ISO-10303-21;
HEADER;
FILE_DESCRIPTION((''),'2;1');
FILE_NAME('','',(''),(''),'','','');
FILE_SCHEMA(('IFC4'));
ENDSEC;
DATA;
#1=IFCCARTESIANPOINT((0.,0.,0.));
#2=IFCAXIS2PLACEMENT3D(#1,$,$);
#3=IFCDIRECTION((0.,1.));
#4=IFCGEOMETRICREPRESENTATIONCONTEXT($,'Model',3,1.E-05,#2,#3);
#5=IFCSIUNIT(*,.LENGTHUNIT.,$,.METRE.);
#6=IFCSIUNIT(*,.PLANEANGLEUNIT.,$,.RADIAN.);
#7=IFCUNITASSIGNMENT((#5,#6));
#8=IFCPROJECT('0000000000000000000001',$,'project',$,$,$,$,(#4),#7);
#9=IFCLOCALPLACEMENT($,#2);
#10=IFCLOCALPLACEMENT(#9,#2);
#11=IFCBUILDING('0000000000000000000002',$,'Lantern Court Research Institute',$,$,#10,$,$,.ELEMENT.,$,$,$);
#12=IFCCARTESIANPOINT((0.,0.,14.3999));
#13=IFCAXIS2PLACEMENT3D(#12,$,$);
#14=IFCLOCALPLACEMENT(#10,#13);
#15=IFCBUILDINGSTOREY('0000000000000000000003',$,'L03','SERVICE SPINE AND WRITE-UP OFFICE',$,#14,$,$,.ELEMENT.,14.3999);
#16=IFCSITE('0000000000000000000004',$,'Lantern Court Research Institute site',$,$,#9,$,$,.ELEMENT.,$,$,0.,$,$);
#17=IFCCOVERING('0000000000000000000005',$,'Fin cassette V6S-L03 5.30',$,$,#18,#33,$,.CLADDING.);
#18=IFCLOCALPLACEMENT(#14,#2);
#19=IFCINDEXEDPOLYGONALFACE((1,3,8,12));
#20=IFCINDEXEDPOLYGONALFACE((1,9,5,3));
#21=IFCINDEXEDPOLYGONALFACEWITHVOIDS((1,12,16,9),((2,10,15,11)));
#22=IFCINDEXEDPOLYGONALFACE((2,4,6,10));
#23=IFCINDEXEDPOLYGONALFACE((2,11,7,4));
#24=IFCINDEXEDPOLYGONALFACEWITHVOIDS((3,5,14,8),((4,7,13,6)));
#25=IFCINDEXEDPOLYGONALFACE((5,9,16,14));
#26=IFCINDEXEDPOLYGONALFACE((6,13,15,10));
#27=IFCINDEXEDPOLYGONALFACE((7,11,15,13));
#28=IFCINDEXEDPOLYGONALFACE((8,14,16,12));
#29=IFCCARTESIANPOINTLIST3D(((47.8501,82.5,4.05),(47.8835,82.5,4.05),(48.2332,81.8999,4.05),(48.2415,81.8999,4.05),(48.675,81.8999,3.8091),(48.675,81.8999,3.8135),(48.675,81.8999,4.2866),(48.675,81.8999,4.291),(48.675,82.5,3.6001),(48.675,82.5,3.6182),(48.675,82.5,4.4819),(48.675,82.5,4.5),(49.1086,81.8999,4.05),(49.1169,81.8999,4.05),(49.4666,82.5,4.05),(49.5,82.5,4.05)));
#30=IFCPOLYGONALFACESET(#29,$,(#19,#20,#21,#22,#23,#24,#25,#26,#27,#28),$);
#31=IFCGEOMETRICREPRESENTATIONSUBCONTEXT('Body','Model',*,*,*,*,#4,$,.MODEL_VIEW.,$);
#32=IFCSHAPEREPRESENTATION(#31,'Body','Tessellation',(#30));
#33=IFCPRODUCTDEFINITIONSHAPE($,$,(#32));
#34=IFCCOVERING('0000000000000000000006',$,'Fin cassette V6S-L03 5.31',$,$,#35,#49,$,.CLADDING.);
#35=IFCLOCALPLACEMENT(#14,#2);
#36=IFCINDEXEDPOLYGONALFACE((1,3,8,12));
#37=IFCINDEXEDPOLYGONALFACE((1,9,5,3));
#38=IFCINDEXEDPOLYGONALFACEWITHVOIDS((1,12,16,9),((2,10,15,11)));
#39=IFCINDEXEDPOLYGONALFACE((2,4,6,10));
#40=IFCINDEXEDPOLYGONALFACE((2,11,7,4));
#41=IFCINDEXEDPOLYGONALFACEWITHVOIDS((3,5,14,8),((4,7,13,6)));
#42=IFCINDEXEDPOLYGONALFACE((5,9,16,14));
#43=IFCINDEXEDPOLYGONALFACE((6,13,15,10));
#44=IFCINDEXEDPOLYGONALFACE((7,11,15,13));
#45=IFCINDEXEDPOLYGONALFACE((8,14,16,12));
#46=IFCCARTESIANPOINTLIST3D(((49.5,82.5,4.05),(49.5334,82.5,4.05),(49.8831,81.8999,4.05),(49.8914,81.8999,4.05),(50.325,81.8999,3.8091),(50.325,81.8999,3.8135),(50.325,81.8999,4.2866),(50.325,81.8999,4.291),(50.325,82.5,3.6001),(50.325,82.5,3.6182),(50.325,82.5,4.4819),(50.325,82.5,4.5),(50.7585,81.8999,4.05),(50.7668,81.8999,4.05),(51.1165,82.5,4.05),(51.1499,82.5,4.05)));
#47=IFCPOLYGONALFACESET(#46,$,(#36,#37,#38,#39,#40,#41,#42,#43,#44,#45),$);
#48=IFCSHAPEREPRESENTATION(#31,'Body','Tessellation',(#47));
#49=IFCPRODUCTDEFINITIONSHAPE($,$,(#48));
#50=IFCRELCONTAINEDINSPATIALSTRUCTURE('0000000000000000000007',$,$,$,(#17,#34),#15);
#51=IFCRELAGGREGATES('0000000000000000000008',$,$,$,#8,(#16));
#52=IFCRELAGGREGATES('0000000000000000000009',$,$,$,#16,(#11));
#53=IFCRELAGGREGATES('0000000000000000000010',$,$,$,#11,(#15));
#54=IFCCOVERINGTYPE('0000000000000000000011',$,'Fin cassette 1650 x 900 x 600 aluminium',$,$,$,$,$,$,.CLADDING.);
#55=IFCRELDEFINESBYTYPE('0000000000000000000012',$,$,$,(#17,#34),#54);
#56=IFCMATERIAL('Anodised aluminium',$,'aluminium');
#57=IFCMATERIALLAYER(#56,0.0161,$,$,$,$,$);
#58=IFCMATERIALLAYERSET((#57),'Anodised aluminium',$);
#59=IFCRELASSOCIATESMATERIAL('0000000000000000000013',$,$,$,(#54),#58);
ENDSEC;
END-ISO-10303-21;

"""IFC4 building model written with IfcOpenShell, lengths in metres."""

from ifc_helpers import new_model, entity, si_unit, direction, frame, origin, place, context, subcontext, project, spatial, material, layer, layer_set, type_object, element, save


model = new_model("IFC4")

# Units and contexts
model_context = context("Model", 3, precision=1e-05, world=origin(), true_north=direction((0.0, 1.0)))
body_context = subcontext(model_context, "Body", "Model", "MODEL_VIEW")
ifc_project = project(units=[si_unit("LENGTHUNIT", "METRE"), si_unit("PLANEANGLEUNIT", "RADIAN")], contexts=[model_context])

# Site, building, storey
site_placement = place(None, origin())
site = spatial("IfcSite", under=ifc_project, at=site_placement, Name="Lantern Court Research Institute site", CompositionType="ELEMENT", RefElevation=0.0)
building_placement = place(site_placement, origin())
building = spatial("IfcBuilding", under=site, at=building_placement, Name="Lantern Court Research Institute", CompositionType="ELEMENT")
storey_placement = place(building_placement, frame((0.0, 0.0, 14.3999)))
storey = spatial("IfcBuildingStorey", under=building, at=storey_placement, Name="L03", Description="SERVICE SPINE AND WRITE-UP OFFICE", CompositionType="ELEMENT", Elevation=14.3999)

# Coverings
ifc_material_1 = material(Name="Anodised aluminium", Category="aluminium")
ifc_layer_1 = layer(ifc_material_1, 0.0161)
ifc_layer_set_1 = layer_set([ifc_layer_1], Name="Anodised aluminium")
covering_type = type_object("IfcCoveringType", Name="Fin cassette 1650 x 900 x 600 aluminium", PredefinedType="CLADDING", material=ifc_layer_set_1)
covering_1_placement = place(storey_placement, frame((48.675, 82.5, 4.05), z_axis=(0.0, -1.0, 0.0), x_axis=(1.0, 0.0, 0.0)))
cartesian_point_1 = entity("IfcCartesianPoint", [0.825, 0.0])
cartesian_point_2 = entity("IfcCartesianPoint", [0.7915, 0.0])
cartesian_point_3 = entity("IfcCartesianPoint", [0.4419, 0.0])
cartesian_point_4 = entity("IfcCartesianPoint", [0.4336, 0.0])
element("IfcCovering", 1, at=covering_1_placement, inside=storey, type_object=covering_type, Name="Fin cassette V6S-L03 5.30", PredefinedType="CLADDING", context=body_context, shape_type="SweptSolid", body=[
    entity("IfcExtrudedAreaSolidTapered", entity("IfcArbitraryProfileDefWithVoids", "AREA", None, entity("IfcPolyline", [cartesian_point_1, entity("IfcCartesianPoint", [0.0, 0.45]), entity("IfcCartesianPoint", [-0.825, 0.0]), entity("IfcCartesianPoint", [0.0, -0.45]), cartesian_point_1]), [entity("IfcPolyline", [cartesian_point_2, entity("IfcCartesianPoint", [0.0, 0.4319]), entity("IfcCartesianPoint", [-0.7915, 0.0]), entity("IfcCartesianPoint", [0.0, -0.4319]), cartesian_point_2])]), entity("IfcAxis2Placement3D", entity("IfcCartesianPoint", [0.0, 0.0, 0.0])), entity("IfcDirection", [0.0, 0.0, 1.0]), 0.6001, entity("IfcArbitraryProfileDefWithVoids", "AREA", None, entity("IfcPolyline", [cartesian_point_3, entity("IfcCartesianPoint", [0.0, 0.241]), entity("IfcCartesianPoint", [-0.4419, 0.0]), entity("IfcCartesianPoint", [0.0, -0.241]), cartesian_point_3]), [entity("IfcPolyline", [cartesian_point_4, entity("IfcCartesianPoint", [0.0, 0.2366]), entity("IfcCartesianPoint", [-0.4336, 0.0]), entity("IfcCartesianPoint", [0.0, -0.2366]), cartesian_point_4])])),
])
covering_2_placement = place(storey_placement, frame((50.325, 82.5, 4.05), z_axis=(0.0, -1.0, 0.0), x_axis=(1.0, 0.0, 0.0)))
cartesian_point_5 = entity("IfcCartesianPoint", [0.825, 0.0])
cartesian_point_6 = entity("IfcCartesianPoint", [0.7915, 0.0])
cartesian_point_7 = entity("IfcCartesianPoint", [0.4419, 0.0])
cartesian_point_8 = entity("IfcCartesianPoint", [0.4336, 0.0])
element("IfcCovering", 2, at=covering_2_placement, inside=storey, type_object=covering_type, Name="Fin cassette V6S-L03 5.31", PredefinedType="CLADDING", context=body_context, shape_type="SweptSolid", body=[
    entity("IfcExtrudedAreaSolidTapered", entity("IfcArbitraryProfileDefWithVoids", "AREA", None, entity("IfcPolyline", [cartesian_point_5, entity("IfcCartesianPoint", [0.0, 0.45]), entity("IfcCartesianPoint", [-0.825, 0.0]), entity("IfcCartesianPoint", [0.0, -0.45]), cartesian_point_5]), [entity("IfcPolyline", [cartesian_point_6, entity("IfcCartesianPoint", [0.0, 0.4319]), entity("IfcCartesianPoint", [-0.7915, 0.0]), entity("IfcCartesianPoint", [0.0, -0.4319]), cartesian_point_6])]), entity("IfcAxis2Placement3D", entity("IfcCartesianPoint", [0.0, 0.0, 0.0])), entity("IfcDirection", [0.0, 0.0, 1.0]), 0.6001, entity("IfcArbitraryProfileDefWithVoids", "AREA", None, entity("IfcPolyline", [cartesian_point_7, entity("IfcCartesianPoint", [0.0, 0.241]), entity("IfcCartesianPoint", [-0.4419, 0.0]), entity("IfcCartesianPoint", [0.0, -0.241]), cartesian_point_7]), [entity("IfcPolyline", [cartesian_point_8, entity("IfcCartesianPoint", [0.0, 0.2366]), entity("IfcCartesianPoint", [-0.4336, 0.0]), entity("IfcCartesianPoint", [0.0, -0.2366]), cartesian_point_8])])),
])

save(model, "model.ifc")
